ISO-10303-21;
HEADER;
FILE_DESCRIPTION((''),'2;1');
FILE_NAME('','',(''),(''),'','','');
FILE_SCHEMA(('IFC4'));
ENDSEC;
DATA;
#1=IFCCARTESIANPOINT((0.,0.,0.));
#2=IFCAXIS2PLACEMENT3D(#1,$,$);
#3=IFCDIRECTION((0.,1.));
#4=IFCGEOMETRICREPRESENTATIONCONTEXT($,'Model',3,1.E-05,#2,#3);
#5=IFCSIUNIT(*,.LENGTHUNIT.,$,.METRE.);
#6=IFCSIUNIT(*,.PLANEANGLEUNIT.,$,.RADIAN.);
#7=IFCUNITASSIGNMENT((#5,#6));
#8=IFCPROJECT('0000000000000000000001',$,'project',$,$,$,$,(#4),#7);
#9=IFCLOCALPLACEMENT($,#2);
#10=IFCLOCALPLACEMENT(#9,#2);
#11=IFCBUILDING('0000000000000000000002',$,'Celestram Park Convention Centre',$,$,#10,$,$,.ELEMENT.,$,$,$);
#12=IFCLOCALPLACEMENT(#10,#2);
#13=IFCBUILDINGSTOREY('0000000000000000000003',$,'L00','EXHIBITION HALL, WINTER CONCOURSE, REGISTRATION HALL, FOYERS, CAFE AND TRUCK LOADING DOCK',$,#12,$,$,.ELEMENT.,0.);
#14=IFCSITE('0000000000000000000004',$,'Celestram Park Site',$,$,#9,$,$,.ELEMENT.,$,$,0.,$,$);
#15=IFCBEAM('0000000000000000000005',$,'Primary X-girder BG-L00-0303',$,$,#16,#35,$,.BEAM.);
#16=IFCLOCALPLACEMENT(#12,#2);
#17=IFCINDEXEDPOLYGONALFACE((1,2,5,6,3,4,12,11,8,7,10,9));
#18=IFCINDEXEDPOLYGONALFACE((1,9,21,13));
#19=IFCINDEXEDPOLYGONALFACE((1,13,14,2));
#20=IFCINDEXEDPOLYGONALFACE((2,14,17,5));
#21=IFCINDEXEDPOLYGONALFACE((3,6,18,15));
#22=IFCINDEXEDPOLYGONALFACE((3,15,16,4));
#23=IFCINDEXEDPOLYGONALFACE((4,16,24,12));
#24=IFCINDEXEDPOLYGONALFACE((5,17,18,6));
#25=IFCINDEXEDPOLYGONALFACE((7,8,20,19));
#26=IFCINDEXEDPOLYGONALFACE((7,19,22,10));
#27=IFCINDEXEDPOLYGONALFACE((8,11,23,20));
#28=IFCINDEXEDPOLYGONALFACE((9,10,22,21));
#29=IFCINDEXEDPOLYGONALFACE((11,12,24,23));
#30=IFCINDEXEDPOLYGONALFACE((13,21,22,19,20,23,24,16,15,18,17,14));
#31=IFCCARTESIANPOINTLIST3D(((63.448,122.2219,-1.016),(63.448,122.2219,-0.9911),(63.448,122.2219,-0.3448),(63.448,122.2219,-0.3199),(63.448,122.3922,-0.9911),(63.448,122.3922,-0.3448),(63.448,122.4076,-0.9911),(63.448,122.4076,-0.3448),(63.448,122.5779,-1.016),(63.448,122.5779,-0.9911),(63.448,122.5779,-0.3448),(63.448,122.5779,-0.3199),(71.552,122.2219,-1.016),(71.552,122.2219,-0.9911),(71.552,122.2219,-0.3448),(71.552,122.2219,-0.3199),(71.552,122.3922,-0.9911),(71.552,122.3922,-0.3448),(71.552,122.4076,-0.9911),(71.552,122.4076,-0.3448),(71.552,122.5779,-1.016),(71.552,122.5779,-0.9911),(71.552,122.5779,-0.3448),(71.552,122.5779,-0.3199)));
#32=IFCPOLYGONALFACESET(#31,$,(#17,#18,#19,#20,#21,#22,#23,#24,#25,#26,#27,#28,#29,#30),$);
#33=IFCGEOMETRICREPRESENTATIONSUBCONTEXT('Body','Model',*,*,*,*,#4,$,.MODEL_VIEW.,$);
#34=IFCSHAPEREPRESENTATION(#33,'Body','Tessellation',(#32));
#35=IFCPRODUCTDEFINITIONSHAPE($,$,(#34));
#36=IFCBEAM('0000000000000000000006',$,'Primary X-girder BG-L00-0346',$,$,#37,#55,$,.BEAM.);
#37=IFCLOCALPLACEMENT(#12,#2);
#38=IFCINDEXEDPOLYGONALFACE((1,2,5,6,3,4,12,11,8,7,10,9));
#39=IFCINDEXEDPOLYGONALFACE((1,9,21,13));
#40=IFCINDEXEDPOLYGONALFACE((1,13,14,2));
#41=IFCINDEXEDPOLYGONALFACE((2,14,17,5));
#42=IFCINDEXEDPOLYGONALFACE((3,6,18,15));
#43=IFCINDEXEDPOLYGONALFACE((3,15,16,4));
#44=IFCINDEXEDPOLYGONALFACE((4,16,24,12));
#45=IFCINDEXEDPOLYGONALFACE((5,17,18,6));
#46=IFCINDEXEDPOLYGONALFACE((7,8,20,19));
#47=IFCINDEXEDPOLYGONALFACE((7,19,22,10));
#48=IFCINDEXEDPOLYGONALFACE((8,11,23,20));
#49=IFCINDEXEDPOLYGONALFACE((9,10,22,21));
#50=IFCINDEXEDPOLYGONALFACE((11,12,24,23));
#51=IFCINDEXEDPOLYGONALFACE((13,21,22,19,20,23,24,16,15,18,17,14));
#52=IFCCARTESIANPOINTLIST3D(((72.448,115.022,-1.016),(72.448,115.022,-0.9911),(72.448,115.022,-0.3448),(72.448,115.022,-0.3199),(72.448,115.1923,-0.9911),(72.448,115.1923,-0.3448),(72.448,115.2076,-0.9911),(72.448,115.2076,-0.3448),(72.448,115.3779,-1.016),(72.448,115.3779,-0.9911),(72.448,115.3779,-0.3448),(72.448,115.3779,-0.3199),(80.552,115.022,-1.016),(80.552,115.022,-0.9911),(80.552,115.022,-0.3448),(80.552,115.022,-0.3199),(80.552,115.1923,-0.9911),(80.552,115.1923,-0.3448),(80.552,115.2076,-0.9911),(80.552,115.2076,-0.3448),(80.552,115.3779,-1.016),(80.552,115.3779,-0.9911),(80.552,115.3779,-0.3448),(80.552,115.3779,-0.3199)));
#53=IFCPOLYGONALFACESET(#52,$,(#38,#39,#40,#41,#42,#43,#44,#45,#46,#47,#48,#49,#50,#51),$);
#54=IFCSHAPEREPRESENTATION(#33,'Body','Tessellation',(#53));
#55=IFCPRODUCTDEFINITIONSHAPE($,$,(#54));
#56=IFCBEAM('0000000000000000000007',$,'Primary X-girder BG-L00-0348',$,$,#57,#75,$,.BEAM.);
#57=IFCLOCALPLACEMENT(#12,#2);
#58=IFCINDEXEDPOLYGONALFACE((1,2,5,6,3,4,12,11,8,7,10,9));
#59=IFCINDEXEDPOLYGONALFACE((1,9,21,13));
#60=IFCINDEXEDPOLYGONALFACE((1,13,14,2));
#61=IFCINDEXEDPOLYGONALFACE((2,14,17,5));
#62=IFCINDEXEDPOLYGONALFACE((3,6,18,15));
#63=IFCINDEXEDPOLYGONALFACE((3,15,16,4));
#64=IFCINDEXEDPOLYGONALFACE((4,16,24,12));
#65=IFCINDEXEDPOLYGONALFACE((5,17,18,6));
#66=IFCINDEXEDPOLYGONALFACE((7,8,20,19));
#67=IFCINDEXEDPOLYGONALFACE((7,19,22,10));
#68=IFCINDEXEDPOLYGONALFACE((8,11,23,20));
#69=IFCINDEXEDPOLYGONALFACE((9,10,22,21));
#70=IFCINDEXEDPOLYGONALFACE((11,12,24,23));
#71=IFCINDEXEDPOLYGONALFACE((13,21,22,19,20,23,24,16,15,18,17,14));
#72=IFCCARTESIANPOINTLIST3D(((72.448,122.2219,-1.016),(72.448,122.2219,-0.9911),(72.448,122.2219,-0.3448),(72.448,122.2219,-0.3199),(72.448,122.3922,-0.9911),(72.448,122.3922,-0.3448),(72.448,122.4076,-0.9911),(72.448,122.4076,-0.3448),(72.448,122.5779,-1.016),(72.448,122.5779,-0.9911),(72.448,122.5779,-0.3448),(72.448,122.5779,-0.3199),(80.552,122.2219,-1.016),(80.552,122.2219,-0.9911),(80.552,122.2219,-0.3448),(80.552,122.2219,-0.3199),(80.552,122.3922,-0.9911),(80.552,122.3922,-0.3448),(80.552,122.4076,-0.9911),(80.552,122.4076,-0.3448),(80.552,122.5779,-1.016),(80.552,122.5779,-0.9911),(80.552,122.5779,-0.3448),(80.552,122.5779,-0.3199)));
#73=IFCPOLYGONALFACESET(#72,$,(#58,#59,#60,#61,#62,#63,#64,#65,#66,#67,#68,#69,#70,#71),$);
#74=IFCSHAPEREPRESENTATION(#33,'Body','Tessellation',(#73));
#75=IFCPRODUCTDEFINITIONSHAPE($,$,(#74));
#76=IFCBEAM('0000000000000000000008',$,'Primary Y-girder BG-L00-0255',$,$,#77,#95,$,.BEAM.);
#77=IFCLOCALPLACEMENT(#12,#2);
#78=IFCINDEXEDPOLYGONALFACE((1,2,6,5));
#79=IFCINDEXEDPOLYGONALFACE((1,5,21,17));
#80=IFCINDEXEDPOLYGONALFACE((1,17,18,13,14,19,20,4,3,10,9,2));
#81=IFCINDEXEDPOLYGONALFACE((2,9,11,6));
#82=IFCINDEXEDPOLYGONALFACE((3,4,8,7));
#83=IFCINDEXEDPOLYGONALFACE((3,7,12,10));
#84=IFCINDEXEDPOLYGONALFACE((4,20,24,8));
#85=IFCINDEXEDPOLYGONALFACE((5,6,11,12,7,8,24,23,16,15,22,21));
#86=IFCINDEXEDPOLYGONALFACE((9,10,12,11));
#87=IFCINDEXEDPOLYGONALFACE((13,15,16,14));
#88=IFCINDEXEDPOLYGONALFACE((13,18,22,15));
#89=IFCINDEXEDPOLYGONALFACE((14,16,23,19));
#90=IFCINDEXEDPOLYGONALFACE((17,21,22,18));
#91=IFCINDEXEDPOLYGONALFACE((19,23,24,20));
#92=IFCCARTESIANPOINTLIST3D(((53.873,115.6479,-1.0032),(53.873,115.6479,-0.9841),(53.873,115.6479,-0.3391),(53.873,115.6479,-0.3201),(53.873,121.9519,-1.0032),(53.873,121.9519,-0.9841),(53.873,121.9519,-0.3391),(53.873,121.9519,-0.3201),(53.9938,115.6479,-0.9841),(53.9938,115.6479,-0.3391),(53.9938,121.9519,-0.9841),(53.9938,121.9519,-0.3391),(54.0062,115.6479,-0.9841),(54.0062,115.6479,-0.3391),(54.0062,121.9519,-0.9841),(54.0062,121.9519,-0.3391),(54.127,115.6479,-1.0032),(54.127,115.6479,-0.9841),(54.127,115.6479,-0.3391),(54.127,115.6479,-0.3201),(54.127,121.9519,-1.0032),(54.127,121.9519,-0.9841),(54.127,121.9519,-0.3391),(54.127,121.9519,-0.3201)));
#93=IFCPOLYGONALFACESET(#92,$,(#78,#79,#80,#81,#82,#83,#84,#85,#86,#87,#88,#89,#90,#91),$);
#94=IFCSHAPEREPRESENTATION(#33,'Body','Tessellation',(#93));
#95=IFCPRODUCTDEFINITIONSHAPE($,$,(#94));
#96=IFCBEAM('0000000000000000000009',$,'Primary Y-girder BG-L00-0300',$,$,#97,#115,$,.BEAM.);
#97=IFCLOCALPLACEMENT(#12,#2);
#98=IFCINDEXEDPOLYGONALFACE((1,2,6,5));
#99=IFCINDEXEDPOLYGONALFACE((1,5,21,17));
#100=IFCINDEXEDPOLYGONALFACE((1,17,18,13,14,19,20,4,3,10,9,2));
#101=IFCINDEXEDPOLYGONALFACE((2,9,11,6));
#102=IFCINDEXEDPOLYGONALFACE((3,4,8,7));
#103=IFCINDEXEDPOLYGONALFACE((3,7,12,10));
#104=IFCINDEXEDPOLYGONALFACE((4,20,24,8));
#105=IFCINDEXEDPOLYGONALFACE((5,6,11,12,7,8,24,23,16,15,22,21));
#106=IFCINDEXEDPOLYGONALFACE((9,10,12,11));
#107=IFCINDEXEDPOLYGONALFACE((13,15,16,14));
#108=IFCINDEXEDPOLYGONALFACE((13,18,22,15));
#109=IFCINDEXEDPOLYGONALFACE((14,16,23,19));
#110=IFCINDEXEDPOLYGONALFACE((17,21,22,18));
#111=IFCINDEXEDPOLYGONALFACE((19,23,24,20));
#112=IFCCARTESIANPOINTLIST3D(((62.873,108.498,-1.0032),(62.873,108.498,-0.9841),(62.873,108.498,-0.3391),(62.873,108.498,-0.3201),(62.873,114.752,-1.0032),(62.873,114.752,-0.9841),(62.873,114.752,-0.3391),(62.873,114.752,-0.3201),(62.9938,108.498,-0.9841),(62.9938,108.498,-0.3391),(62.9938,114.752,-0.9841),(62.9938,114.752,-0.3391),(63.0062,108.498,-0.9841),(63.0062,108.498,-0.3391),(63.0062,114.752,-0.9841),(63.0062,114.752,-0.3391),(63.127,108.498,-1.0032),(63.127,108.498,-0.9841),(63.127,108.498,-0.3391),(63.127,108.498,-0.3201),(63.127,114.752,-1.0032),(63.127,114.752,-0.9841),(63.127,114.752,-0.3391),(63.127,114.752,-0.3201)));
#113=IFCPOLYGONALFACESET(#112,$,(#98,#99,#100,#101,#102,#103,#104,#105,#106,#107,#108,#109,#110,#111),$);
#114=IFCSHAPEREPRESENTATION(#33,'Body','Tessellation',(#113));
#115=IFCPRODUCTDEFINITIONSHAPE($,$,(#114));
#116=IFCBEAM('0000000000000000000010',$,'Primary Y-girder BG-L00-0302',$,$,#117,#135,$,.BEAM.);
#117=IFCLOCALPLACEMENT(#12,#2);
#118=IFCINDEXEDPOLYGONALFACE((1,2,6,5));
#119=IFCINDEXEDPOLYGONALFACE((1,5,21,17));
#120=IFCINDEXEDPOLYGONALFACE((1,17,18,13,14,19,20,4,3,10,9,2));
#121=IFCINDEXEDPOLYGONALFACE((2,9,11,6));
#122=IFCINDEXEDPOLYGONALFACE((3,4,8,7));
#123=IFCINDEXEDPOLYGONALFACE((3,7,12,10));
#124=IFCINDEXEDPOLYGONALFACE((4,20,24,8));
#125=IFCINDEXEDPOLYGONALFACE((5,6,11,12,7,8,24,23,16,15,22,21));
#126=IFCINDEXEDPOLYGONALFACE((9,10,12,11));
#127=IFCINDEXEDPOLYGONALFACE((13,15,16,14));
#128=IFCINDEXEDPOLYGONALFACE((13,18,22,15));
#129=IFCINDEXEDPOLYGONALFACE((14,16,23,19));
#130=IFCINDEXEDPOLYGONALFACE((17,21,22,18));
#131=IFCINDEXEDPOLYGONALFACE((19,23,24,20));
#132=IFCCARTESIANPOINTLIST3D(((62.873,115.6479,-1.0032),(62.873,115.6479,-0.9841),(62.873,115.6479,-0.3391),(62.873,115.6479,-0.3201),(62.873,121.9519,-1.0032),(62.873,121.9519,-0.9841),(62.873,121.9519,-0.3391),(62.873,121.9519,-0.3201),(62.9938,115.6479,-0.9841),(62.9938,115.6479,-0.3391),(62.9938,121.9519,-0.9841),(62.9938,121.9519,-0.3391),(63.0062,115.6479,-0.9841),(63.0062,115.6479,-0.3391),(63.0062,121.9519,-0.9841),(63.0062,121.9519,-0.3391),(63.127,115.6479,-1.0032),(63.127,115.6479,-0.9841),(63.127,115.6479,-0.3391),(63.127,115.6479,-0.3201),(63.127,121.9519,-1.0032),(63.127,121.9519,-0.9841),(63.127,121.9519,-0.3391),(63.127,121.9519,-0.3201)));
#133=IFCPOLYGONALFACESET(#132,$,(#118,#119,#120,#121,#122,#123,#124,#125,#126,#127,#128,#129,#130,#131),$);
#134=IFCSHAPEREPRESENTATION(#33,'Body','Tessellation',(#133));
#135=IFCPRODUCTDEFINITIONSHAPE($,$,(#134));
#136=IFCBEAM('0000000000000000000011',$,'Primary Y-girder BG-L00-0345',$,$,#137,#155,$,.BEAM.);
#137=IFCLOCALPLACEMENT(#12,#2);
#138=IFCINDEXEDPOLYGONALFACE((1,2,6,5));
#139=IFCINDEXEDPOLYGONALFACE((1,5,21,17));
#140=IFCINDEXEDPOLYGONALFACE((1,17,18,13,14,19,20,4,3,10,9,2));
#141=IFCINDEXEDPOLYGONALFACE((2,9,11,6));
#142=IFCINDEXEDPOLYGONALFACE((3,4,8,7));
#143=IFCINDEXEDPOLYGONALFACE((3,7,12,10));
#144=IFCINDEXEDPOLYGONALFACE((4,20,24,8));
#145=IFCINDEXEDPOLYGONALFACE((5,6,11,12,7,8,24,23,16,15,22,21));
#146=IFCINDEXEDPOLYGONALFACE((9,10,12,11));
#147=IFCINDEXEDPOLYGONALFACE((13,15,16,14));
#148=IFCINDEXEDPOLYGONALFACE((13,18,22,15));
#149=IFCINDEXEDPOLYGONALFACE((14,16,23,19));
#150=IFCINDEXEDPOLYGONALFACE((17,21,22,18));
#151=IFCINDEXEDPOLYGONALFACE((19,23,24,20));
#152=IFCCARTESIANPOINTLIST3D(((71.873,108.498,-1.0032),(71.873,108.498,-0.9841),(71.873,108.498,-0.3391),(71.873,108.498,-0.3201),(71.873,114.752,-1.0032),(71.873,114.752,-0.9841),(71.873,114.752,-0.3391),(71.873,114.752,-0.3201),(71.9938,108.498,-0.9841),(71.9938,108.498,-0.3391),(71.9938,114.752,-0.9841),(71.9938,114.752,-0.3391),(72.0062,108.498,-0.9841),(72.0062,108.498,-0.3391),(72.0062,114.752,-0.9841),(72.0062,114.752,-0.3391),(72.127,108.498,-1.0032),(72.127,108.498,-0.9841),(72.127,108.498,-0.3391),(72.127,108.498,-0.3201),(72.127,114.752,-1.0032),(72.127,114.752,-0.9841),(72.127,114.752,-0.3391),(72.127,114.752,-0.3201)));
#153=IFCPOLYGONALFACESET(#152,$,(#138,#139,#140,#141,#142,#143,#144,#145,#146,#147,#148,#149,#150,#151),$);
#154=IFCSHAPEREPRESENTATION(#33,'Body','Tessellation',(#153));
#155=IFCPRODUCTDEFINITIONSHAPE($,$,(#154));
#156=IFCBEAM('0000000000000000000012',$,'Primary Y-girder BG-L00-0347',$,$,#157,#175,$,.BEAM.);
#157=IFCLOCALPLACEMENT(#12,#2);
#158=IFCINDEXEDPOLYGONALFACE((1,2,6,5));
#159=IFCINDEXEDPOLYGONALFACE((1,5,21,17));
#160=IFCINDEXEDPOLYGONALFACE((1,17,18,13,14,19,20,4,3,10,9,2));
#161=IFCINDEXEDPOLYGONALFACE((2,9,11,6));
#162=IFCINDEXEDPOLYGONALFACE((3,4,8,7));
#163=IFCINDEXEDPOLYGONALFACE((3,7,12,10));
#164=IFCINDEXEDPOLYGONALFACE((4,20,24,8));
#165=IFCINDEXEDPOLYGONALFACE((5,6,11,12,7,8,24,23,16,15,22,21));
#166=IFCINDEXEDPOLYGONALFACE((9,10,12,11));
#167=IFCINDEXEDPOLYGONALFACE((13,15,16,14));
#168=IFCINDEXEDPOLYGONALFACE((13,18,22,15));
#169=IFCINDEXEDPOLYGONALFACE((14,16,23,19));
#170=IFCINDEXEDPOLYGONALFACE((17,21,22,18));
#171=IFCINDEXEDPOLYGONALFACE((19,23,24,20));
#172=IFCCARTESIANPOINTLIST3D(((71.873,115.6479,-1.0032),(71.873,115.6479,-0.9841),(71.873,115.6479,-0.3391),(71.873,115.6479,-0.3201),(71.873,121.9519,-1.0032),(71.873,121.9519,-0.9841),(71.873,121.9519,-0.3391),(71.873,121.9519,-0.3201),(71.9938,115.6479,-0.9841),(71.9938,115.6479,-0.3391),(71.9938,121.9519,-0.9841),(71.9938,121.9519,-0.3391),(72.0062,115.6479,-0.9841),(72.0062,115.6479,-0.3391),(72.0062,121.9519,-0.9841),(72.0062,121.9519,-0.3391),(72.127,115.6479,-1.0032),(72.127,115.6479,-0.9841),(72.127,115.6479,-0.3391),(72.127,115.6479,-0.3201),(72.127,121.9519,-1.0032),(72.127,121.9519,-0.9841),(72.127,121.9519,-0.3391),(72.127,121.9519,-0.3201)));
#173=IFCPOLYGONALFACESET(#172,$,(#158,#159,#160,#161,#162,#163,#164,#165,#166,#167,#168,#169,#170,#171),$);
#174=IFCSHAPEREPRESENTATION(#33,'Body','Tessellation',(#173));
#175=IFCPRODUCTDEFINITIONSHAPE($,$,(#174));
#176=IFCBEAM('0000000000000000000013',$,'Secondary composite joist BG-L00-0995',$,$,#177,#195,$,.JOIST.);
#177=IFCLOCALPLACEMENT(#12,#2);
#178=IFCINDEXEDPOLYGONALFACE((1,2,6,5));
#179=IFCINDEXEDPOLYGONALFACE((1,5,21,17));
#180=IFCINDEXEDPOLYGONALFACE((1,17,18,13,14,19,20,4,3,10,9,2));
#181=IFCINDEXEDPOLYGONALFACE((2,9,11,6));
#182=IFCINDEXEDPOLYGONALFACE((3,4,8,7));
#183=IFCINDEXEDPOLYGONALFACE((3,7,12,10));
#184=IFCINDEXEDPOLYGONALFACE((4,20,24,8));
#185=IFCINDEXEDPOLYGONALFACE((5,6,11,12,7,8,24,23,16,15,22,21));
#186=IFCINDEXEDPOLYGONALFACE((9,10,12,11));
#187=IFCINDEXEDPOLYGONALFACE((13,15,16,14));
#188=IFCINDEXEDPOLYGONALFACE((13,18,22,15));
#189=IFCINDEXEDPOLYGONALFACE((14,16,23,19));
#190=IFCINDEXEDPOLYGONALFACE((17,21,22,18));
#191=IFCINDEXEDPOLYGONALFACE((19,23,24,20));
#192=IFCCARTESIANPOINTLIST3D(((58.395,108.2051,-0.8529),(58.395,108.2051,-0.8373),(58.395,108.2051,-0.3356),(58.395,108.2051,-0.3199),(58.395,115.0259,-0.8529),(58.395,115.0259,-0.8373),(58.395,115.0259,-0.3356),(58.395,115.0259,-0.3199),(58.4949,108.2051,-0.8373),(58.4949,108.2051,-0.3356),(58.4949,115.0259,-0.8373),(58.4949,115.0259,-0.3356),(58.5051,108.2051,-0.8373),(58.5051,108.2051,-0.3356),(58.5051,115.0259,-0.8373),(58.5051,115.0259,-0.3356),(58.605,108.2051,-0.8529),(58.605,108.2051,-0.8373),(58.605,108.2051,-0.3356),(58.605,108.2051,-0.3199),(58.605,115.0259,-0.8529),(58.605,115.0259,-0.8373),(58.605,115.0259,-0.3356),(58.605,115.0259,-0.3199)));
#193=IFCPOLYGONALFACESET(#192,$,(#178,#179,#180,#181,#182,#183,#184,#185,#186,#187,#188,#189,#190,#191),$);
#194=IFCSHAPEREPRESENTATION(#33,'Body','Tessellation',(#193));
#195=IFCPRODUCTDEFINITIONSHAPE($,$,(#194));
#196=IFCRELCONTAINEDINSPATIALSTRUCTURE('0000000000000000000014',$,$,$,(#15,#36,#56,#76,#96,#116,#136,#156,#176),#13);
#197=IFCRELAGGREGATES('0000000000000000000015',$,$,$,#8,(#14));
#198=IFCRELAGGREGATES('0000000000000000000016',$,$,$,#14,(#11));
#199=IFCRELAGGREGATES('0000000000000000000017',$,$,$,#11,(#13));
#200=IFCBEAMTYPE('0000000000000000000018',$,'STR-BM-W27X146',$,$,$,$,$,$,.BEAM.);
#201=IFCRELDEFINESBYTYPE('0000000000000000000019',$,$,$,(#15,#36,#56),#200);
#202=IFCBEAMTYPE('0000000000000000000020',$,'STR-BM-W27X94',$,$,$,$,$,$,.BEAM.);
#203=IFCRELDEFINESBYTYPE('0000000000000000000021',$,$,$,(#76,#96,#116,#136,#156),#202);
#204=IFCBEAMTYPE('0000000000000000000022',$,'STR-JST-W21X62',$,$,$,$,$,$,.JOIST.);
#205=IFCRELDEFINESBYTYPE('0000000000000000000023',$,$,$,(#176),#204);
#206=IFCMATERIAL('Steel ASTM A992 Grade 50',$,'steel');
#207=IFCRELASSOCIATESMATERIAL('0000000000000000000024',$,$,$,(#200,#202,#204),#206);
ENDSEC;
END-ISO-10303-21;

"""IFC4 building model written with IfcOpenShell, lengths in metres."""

from ifc_helpers import new_model, si_unit, direction, frame, origin, origin_2d, place, context, subcontext, project, spatial, i_section, extrude, material, material_profile, profile_set, type_object, element, save


model = new_model("IFC4")

# Units and contexts
model_context = context("Model", 3, precision=1e-05, world=origin(), true_north=direction((0.0, 1.0)))
body_context = subcontext(model_context, "Body", "Model", "MODEL_VIEW")
ifc_project = project(units=[si_unit("LENGTHUNIT", "METRE"), si_unit("PLANEANGLEUNIT", "RADIAN")], contexts=[model_context])

# Site, building, storey
site_placement = place(None, origin())
site = spatial("IfcSite", under=ifc_project, at=site_placement, Name="Celestram Park Site", CompositionType="ELEMENT", RefElevation=0.0)
building_placement = place(site_placement, origin())
building = spatial("IfcBuilding", under=site, at=building_placement, Name="Celestram Park Convention Centre", CompositionType="ELEMENT")
storey_placement = place(building_placement, origin())
storey = spatial("IfcBuildingStorey", under=building, at=storey_placement, Name="L00", Description="EXHIBITION HALL, WINTER CONCOURSE, REGISTRATION HALL, FOYERS, CAFE AND TRUCK LOADING DOCK", CompositionType="ELEMENT", Elevation=0.0)

# Beams
ifc_material_1 = material(Name="Steel ASTM A992 Grade 50", Category="steel")
ifc_material_profile_1 = material_profile(ifc_material_1, i_section(OverallWidth=0.356, OverallDepth=0.696, WebThickness=0.0154, FlangeThickness=0.0249, at=origin_2d()), Name="W27X146")
ifc_profile_set_1 = profile_set([ifc_material_profile_1], Name="Steel ASTM A992 Grade 50")
beam_type_1 = type_object("IfcBeamType", Name="STR-BM-W27X146", PredefinedType="BEAM", material=ifc_profile_set_1)
for number, where, z_axis, x_axis, name in (
    (1, (63.448, 122.3999, -0.668), (1.0, 0.0, 0.0), (0.0, 1.0, 0.0), "Primary X-girder BG-L00-0303"),
    (2, (72.448, 115.2, -0.668), (1.0, 0.0, 0.0), (0.0, 1.0, 0.0), "Primary X-girder BG-L00-0346"),
    (3, (72.448, 122.3999, -0.668), (1.0, 0.0, 0.0), (0.0, 1.0, 0.0), "Primary X-girder BG-L00-0348"),
):
    element("IfcBeam", number, at=place(storey_placement, frame(where, z_axis=z_axis, x_axis=x_axis)), inside=storey, type_object=beam_type_1, Name=name, PredefinedType="BEAM", context=body_context, shape_type="SweptSolid", body=[
        extrude(i_section(OverallWidth=0.356, OverallDepth=0.696, WebThickness=0.0154, FlangeThickness=0.0249, at=origin_2d()), origin(), (0.0, 0.0, 1.0), 8.104),
    ])
ifc_material_profile_2 = material_profile(ifc_material_1, i_section(OverallWidth=0.2539, OverallDepth=0.6831, WebThickness=0.0125, FlangeThickness=0.019, at=origin_2d()), Name="W27X94")
ifc_profile_set_2 = profile_set([ifc_material_profile_2], Name="Steel ASTM A992 Grade 50")
beam_type_2 = type_object("IfcBeamType", Name="STR-BM-W27X94", PredefinedType="BEAM", material=ifc_profile_set_2)
beam_1_placement = place(storey_placement, frame((54.0, 115.6479, -0.6616), z_axis=(0.0, 1.0, 0.0), x_axis=(-1.0, 0.0, 0.0)))
element("IfcBeam", 4, at=beam_1_placement, inside=storey, type_object=beam_type_2, Name="Primary Y-girder BG-L00-0255", PredefinedType="BEAM", context=body_context, shape_type="SweptSolid", body=[
    extrude(i_section(OverallWidth=0.2539, OverallDepth=0.6831, WebThickness=0.0125, FlangeThickness=0.019, at=origin_2d()), origin(), (0.0, 0.0, 1.0), 6.304),
])
beam_2_placement = place(storey_placement, frame((63.0, 108.498, -0.6616), z_axis=(0.0, 1.0, 0.0), x_axis=(-1.0, 0.0, 0.0)))
element("IfcBeam", 5, at=beam_2_placement, inside=storey, type_object=beam_type_2, Name="Primary Y-girder BG-L00-0300", PredefinedType="BEAM", context=body_context, shape_type="SweptSolid", body=[
    extrude(i_section(OverallWidth=0.2539, OverallDepth=0.6831, WebThickness=0.0125, FlangeThickness=0.019, at=origin_2d()), origin(), (0.0, 0.0, 1.0), 6.2539),
])
beam_3_placement = place(storey_placement, frame((63.0, 115.6479, -0.6616), z_axis=(0.0, 1.0, 0.0), x_axis=(-1.0, 0.0, 0.0)))
element("IfcBeam", 6, at=beam_3_placement, inside=storey, type_object=beam_type_2, Name="Primary Y-girder BG-L00-0302", PredefinedType="BEAM", context=body_context, shape_type="SweptSolid", body=[
    extrude(i_section(OverallWidth=0.2539, OverallDepth=0.6831, WebThickness=0.0125, FlangeThickness=0.019, at=origin_2d()), origin(), (0.0, 0.0, 1.0), 6.304),
])
beam_4_placement = place(storey_placement, frame((72.0, 108.498, -0.6616), z_axis=(0.0, 1.0, 0.0), x_axis=(-1.0, 0.0, 0.0)))
element("IfcBeam", 7, at=beam_4_placement, inside=storey, type_object=beam_type_2, Name="Primary Y-girder BG-L00-0345", PredefinedType="BEAM", context=body_context, shape_type="SweptSolid", body=[
    extrude(i_section(OverallWidth=0.2539, OverallDepth=0.6831, WebThickness=0.0125, FlangeThickness=0.019, at=origin_2d()), origin(), (0.0, 0.0, 1.0), 6.2539),
])
beam_5_placement = place(storey_placement, frame((72.0, 115.6479, -0.6616), z_axis=(0.0, 1.0, 0.0), x_axis=(-1.0, 0.0, 0.0)))
element("IfcBeam", 8, at=beam_5_placement, inside=storey, type_object=beam_type_2, Name="Primary Y-girder BG-L00-0347", PredefinedType="BEAM", context=body_context, shape_type="SweptSolid", body=[
    extrude(i_section(OverallWidth=0.2539, OverallDepth=0.6831, WebThickness=0.0125, FlangeThickness=0.019, at=origin_2d()), origin(), (0.0, 0.0, 1.0), 6.304),
])
ifc_material_profile_3 = material_profile(ifc_material_1, i_section(OverallWidth=0.21, OverallDepth=0.533, WebThickness=0.0103, FlangeThickness=0.0156, at=origin_2d()), Name="W21X62")
ifc_profile_set_3 = profile_set([ifc_material_profile_3], Name="Steel ASTM A992 Grade 50")
beam_type_3 = type_object("IfcBeamType", Name="STR-JST-W21X62", PredefinedType="JOIST", material=ifc_profile_set_3)
beam_6_placement = place(storey_placement, frame((58.5, 108.2051, -0.5864), z_axis=(0.0, 1.0, 0.0), x_axis=(-1.0, 0.0, 0.0)))
element("IfcBeam", 9, at=beam_6_placement, inside=storey, type_object=beam_type_3, Name="Secondary composite joist BG-L00-0995", PredefinedType="JOIST", context=body_context, shape_type="SweptSolid", body=[
    extrude(i_section(OverallWidth=0.21, OverallDepth=0.533, WebThickness=0.0103, FlangeThickness=0.0156, at=origin_2d()), origin(), (0.0, 0.0, 1.0), 6.8208),
])

save(model, "model.ifc")
